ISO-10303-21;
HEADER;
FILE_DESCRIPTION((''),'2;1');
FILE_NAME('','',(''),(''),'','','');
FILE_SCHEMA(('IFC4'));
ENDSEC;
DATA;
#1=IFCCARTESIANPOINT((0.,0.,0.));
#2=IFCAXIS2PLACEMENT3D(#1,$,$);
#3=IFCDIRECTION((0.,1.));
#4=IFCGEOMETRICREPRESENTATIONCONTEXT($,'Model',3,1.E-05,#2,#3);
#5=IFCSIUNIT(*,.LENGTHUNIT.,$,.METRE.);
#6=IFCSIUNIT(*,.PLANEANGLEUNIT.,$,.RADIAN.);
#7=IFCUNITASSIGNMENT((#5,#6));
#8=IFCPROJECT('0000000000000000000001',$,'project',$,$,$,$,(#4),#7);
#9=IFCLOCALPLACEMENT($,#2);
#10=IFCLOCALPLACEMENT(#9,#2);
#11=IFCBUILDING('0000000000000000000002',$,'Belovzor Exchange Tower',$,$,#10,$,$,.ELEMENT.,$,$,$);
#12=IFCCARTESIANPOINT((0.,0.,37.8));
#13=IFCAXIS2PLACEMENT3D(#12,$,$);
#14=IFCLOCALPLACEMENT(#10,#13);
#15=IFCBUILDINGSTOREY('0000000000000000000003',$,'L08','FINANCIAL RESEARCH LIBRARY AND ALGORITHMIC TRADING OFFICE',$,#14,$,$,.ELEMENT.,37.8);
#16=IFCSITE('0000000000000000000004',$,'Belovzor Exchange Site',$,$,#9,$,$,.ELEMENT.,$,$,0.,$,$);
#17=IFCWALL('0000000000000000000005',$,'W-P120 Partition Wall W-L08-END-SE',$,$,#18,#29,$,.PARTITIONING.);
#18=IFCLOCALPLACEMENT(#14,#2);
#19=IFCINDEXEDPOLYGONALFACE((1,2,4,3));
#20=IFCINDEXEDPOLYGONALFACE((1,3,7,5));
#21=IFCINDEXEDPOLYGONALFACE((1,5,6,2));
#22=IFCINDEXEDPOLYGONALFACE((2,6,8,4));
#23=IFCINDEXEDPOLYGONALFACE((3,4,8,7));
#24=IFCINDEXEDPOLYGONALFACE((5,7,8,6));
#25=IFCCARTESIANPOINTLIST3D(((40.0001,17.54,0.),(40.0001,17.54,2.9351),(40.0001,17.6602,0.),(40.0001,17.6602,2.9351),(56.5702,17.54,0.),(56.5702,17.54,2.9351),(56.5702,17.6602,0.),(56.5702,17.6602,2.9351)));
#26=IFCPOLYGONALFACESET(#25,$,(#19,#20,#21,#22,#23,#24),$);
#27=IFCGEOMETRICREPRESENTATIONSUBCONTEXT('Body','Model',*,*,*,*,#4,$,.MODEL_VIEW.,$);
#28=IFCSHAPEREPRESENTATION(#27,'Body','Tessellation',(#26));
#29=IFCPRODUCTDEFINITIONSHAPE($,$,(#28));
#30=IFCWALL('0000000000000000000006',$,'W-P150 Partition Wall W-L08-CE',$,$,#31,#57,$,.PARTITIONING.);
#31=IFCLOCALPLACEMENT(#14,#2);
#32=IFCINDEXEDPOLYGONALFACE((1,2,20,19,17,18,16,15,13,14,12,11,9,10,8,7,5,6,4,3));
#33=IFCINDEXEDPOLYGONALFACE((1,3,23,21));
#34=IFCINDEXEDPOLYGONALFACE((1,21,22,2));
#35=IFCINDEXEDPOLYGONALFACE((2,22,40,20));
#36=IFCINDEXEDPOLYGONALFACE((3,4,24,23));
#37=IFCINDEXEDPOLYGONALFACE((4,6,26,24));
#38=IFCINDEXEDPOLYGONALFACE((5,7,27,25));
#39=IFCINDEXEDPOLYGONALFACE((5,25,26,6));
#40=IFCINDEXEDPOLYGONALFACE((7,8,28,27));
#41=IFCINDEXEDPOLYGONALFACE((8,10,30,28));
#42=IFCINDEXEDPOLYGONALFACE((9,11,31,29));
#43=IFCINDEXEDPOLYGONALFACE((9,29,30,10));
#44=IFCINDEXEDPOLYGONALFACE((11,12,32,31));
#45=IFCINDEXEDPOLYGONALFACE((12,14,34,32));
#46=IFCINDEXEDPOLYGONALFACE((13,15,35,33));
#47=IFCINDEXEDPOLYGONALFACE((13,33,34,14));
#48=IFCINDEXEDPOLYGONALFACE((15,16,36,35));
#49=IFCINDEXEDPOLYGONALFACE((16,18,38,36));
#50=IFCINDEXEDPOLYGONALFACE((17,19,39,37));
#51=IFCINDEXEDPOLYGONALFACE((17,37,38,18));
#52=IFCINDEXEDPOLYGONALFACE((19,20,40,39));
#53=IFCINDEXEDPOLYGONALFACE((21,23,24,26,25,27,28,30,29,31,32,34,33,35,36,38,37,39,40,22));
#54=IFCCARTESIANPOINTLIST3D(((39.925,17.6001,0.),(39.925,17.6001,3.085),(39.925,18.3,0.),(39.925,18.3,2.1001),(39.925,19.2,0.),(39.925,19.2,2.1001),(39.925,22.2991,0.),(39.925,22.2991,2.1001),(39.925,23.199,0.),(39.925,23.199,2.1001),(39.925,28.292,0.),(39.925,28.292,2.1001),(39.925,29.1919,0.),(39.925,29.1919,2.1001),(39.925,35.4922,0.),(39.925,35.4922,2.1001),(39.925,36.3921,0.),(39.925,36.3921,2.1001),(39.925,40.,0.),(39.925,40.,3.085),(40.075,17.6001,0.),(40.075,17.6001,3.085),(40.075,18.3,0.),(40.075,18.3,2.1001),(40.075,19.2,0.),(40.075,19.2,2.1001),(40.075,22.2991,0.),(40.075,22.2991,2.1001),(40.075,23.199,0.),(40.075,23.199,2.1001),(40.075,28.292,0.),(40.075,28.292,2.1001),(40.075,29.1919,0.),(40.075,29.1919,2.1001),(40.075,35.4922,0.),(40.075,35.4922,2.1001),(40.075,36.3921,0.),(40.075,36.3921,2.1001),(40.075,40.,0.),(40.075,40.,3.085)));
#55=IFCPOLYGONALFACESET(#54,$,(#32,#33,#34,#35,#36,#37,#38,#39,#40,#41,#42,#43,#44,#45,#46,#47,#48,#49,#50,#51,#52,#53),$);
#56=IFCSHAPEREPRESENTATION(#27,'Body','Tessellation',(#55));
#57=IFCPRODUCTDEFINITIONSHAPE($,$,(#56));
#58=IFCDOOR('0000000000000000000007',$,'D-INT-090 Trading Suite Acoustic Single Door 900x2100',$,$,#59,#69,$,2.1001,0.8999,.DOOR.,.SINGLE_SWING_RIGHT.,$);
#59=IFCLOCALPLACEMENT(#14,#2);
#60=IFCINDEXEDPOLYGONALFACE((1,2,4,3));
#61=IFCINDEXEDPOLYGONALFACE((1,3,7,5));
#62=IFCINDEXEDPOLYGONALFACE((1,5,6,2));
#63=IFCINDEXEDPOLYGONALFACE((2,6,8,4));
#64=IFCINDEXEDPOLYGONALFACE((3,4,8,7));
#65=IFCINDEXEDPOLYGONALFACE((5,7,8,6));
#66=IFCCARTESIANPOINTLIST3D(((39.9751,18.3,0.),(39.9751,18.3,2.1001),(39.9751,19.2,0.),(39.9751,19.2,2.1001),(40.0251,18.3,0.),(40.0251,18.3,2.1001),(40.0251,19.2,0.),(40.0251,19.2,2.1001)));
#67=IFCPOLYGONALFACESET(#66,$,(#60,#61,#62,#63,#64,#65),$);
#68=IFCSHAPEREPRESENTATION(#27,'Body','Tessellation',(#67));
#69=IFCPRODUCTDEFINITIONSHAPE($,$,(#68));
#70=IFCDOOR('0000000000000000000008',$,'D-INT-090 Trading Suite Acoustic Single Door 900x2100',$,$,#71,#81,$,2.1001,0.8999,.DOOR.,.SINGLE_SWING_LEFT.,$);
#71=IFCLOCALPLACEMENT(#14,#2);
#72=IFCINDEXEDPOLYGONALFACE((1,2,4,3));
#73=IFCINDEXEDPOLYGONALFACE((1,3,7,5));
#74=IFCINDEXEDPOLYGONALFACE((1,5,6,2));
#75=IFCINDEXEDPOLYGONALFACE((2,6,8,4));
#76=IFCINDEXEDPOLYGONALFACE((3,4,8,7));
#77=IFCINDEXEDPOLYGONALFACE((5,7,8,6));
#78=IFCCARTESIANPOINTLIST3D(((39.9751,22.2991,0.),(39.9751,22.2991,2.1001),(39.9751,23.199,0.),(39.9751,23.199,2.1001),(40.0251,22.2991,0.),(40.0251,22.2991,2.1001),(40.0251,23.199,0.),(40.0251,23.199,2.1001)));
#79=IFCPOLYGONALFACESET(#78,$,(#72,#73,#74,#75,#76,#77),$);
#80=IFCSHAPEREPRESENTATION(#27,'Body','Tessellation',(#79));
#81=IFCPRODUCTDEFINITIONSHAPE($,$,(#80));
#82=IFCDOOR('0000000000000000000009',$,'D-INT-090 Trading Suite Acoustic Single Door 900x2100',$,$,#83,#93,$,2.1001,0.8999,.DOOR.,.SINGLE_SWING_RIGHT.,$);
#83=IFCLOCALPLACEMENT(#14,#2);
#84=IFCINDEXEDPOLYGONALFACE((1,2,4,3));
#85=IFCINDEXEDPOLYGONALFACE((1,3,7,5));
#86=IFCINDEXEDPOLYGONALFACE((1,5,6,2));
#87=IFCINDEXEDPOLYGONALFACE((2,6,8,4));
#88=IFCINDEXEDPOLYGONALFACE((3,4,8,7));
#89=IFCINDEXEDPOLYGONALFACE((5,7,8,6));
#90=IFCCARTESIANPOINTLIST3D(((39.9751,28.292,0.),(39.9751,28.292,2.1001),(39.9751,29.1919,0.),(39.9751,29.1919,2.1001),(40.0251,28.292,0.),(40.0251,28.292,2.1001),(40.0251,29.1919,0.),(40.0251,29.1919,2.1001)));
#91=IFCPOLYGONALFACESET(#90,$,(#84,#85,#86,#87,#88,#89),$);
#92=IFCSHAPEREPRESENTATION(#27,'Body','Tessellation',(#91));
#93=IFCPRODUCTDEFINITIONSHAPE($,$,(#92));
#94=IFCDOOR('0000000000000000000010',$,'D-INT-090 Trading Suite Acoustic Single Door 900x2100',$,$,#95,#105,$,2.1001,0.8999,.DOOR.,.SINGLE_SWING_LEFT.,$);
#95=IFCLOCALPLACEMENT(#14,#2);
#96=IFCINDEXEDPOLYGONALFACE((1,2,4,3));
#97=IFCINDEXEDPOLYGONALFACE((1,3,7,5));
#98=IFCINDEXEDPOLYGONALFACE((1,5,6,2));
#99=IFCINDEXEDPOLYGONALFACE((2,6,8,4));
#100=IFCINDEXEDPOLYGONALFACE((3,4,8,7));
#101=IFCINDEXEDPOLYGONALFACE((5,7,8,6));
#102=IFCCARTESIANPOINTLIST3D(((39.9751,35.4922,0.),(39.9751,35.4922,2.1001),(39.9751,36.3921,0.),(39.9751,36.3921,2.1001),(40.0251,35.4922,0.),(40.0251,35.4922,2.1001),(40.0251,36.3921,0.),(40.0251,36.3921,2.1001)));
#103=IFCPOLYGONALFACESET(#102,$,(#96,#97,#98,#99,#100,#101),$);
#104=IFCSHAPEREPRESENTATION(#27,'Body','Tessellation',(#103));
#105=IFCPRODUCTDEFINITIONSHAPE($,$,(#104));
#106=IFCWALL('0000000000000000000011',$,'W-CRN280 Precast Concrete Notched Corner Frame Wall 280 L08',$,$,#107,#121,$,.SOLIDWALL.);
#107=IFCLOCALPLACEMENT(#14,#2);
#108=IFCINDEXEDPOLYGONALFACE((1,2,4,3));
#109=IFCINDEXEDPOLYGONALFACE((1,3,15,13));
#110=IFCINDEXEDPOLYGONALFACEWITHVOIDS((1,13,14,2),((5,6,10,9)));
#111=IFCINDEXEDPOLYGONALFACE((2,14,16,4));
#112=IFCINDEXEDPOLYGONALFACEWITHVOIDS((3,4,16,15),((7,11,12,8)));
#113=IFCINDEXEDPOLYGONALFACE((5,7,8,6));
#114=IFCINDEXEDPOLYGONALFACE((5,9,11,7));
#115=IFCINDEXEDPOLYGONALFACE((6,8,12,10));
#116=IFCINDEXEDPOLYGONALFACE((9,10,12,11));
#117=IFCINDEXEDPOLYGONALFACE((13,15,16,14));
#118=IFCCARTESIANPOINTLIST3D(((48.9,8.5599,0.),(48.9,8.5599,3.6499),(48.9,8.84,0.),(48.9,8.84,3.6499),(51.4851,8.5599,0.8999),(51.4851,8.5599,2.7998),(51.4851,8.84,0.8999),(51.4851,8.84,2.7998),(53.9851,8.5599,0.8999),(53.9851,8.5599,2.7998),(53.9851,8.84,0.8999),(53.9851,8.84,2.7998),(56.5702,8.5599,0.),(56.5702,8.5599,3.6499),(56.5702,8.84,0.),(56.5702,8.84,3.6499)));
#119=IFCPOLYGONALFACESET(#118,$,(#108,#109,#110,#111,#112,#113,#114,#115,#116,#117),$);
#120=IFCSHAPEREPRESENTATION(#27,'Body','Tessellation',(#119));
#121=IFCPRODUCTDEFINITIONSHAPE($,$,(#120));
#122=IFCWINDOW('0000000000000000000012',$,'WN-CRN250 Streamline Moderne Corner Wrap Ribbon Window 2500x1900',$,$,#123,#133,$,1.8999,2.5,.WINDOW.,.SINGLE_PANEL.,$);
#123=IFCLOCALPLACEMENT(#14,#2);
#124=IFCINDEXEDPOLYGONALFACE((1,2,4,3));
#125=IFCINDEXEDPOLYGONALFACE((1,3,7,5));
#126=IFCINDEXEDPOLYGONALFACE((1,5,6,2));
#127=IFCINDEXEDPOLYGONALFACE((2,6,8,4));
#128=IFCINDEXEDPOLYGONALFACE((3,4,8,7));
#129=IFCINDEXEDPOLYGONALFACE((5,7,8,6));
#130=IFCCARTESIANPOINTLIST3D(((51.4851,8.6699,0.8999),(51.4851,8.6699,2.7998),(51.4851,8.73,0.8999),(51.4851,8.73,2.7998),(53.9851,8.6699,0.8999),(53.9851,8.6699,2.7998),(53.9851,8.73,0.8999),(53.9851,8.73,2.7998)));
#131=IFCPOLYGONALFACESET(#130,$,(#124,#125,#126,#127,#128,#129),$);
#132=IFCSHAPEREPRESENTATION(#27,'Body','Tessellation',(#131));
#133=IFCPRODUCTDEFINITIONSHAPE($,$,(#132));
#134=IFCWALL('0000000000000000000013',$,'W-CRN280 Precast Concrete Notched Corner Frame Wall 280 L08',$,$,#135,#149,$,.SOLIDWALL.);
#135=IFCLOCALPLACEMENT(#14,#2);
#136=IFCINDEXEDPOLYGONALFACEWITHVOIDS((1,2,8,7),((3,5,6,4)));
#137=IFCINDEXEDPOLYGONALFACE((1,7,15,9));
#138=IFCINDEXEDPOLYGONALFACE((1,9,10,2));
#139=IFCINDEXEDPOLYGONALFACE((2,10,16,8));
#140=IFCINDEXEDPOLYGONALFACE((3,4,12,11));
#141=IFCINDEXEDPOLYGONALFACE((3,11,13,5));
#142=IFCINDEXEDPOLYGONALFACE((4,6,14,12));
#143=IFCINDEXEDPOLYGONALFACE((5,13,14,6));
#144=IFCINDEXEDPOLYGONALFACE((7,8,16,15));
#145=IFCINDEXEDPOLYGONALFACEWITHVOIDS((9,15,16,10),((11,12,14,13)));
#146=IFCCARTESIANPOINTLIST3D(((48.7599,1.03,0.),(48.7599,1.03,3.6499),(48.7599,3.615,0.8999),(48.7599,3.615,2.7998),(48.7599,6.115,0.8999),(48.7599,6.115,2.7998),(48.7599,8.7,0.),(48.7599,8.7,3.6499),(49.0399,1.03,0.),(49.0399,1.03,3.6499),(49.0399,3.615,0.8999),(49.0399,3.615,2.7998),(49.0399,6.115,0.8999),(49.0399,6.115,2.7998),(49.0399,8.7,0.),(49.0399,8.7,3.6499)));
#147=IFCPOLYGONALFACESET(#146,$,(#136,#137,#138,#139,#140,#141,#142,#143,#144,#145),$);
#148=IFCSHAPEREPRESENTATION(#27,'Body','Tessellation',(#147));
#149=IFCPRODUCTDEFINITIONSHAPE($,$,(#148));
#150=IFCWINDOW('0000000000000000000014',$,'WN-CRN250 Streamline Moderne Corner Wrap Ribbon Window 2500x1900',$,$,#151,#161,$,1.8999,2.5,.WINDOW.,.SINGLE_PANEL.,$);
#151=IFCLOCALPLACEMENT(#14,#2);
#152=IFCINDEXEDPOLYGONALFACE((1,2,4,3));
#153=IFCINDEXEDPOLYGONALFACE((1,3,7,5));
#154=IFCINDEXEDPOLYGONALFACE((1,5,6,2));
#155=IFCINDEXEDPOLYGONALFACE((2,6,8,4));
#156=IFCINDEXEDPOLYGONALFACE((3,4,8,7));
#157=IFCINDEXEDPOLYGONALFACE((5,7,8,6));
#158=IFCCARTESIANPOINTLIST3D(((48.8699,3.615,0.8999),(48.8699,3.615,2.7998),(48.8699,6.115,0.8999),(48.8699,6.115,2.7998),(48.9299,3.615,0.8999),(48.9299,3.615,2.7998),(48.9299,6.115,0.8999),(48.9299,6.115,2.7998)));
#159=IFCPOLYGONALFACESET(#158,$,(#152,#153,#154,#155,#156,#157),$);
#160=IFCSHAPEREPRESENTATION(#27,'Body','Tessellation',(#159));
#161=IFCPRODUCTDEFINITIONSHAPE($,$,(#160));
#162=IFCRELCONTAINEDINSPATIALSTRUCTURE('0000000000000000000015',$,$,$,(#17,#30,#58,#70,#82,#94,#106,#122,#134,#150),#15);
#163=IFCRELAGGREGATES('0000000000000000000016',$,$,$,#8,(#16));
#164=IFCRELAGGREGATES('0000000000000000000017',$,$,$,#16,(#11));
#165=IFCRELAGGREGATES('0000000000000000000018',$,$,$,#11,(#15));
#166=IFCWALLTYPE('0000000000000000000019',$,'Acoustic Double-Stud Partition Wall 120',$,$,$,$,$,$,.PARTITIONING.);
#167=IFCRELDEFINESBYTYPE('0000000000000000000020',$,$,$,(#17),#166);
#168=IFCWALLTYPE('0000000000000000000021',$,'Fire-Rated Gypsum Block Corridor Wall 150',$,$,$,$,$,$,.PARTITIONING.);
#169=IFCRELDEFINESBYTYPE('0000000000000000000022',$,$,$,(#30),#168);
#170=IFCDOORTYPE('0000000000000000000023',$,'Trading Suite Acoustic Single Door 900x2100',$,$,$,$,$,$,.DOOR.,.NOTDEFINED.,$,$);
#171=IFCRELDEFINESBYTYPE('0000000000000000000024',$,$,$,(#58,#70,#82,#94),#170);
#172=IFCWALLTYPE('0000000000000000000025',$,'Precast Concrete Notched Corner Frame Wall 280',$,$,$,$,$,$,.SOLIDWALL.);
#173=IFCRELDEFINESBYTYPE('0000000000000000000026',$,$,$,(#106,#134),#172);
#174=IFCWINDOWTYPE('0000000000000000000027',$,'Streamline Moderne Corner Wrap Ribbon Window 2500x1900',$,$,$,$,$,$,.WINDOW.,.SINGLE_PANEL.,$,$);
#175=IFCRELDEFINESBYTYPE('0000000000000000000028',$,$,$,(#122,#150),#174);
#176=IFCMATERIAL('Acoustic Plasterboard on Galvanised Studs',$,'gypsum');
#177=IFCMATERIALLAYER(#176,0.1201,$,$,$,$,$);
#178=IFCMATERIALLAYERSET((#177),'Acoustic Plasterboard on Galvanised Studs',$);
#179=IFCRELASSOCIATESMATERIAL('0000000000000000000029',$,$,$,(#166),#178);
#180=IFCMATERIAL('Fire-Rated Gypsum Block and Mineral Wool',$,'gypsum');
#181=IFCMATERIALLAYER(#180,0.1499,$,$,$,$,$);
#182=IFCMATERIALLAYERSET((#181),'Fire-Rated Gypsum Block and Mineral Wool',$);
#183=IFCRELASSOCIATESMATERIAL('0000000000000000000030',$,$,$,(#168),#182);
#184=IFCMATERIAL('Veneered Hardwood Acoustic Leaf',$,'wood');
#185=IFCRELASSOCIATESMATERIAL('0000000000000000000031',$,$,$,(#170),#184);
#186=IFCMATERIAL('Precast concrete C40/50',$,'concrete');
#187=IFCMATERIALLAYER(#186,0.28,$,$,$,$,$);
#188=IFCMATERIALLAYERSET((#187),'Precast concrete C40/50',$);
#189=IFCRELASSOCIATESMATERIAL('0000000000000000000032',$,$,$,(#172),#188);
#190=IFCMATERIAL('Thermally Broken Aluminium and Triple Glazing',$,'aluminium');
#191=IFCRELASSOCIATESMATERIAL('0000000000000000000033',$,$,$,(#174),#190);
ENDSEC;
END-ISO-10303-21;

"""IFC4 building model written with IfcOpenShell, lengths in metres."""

from ifc_helpers import new_model, si_unit, direction, frame, frame_2d, origin, place, context, subcontext, project, spatial, rectangle, extrude, material, layer, layer_set, type_object, element, fill, save


model = new_model("IFC4")

# Units and contexts
model_context = context("Model", 3, precision=1e-05, world=origin(), true_north=direction((0.0, 1.0)))
body_context = subcontext(model_context, "Body", "Model", "MODEL_VIEW")
ifc_project = project(units=[si_unit("LENGTHUNIT", "METRE"), si_unit("PLANEANGLEUNIT", "RADIAN")], contexts=[model_context])

# Site, building, storey
site_placement = place(None, origin())
site = spatial("IfcSite", under=ifc_project, at=site_placement, Name="Belovzor Exchange Site", CompositionType="ELEMENT", RefElevation=0.0)
building_placement = place(site_placement, origin())
building = spatial("IfcBuilding", under=site, at=building_placement, Name="Belovzor Exchange Tower", CompositionType="ELEMENT")
storey_placement = place(building_placement, frame((0.0, 0.0, 37.8)))
storey = spatial("IfcBuildingStorey", under=building, at=storey_placement, Name="L08", Description="FINANCIAL RESEARCH LIBRARY AND ALGORITHMIC TRADING OFFICE", CompositionType="ELEMENT", Elevation=37.8)

# Wall
ifc_material_1 = material(Name="Acoustic Plasterboard on Galvanised Studs", Category="gypsum")
ifc_layer_1 = layer(ifc_material_1, 0.1201)
ifc_layer_set_1 = layer_set([ifc_layer_1], Name="Acoustic Plasterboard on Galvanised Studs")
wall_type_1 = type_object("IfcWallType", Name="Acoustic Double-Stud Partition Wall 120", PredefinedType="PARTITIONING", material=ifc_layer_set_1)
wall_1_placement = place(storey_placement, frame((40.0, 17.6001, 0.0), z_axis=(0.0, 0.0, 1.0), x_axis=(1.0, 0.0, 0.0)))
element("IfcWall", 1, at=wall_1_placement, inside=storey, type_object=wall_type_1, Name="W-P120 Partition Wall W-L08-END-SE", PredefinedType="PARTITIONING", context=body_context, shape_type="SweptSolid", body=[
    extrude(rectangle(XDim=16.5701, YDim=0.1201, at=frame_2d((8.2852, 0.0))), origin(), (0.0, 0.0, 1.0), 2.9351),
])

# Wall, openings, doors
ifc_material_2 = material(Name="Fire-Rated Gypsum Block and Mineral Wool", Category="gypsum")
ifc_layer_2 = layer(ifc_material_2, 0.1499)
ifc_layer_set_2 = layer_set([ifc_layer_2], Name="Fire-Rated Gypsum Block and Mineral Wool")
wall_type_2 = type_object("IfcWallType", Name="Fire-Rated Gypsum Block Corridor Wall 150", PredefinedType="PARTITIONING", material=ifc_layer_set_2)
wall_2_placement = place(storey_placement, frame((40.0, 17.6001, 0.0), z_axis=(0.0, 0.0, 1.0), x_axis=(0.0, 1.0, 0.0)))
wall_2 = element("IfcWall", 2, at=wall_2_placement, inside=storey, type_object=wall_type_2, Name="W-P150 Partition Wall W-L08-CE", PredefinedType="PARTITIONING", context=body_context, shape_type="SweptSolid", body=[
    extrude(rectangle(XDim=22.3999, YDim=0.1499, at=frame_2d((11.2, 0.0))), origin(), (0.0, 0.0, 1.0), 3.085),
])
opening_1_placement = place(wall_2_placement, frame((0.7, 0.0, 0.0)))
opening_1 = element("IfcOpeningElement", 3, at=opening_1_placement, cuts=wall_2, PredefinedType="OPENING", context=body_context, shape_type="SweptSolid", body=[
    extrude(rectangle(XDim=0.8999, YDim=2.1001, at=frame_2d((0.45, 1.05))), frame((0.0, 0.085, 0.0), z_axis=(0.0, -1.0, 0.0), x_axis=(1.0, 0.0, 0.0)), (0.0, 0.0, 1.0), 0.1699),
])
opening_2_placement = place(wall_2_placement, frame((4.699, 0.0, 0.0)))
opening_2 = element("IfcOpeningElement", 4, at=opening_2_placement, cuts=wall_2, PredefinedType="OPENING", context=body_context, shape_type="SweptSolid", body=[
    extrude(rectangle(XDim=0.8999, YDim=2.1001, at=frame_2d((0.45, 1.05))), frame((0.0, 0.085, 0.0), z_axis=(0.0, -1.0, 0.0), x_axis=(1.0, 0.0, 0.0)), (0.0, 0.0, 1.0), 0.1699),
])
opening_3_placement = place(wall_2_placement, frame((10.6919, 0.0, 0.0)))
opening_3 = element("IfcOpeningElement", 5, at=opening_3_placement, cuts=wall_2, PredefinedType="OPENING", context=body_context, shape_type="SweptSolid", body=[
    extrude(rectangle(XDim=0.8999, YDim=2.1001, at=frame_2d((0.45, 1.05))), frame((0.0, 0.085, 0.0), z_axis=(0.0, -1.0, 0.0), x_axis=(1.0, 0.0, 0.0)), (0.0, 0.0, 1.0), 0.1699),
])
opening_4_placement = place(wall_2_placement, frame((17.8921, 0.0, 0.0)))
opening_4 = element("IfcOpeningElement", 6, at=opening_4_placement, cuts=wall_2, PredefinedType="OPENING", context=body_context, shape_type="SweptSolid", body=[
    extrude(rectangle(XDim=0.8999, YDim=2.1001, at=frame_2d((0.45, 1.05))), frame((0.0, 0.085, 0.0), z_axis=(0.0, -1.0, 0.0), x_axis=(1.0, 0.0, 0.0)), (0.0, 0.0, 1.0), 0.1699),
])
ifc_material_3 = material(Name="Veneered Hardwood Acoustic Leaf", Category="wood")
door_type_1 = type_object("IfcDoorType", Name="Trading Suite Acoustic Single Door 900x2100", OperationType="NOTDEFINED", PredefinedType="DOOR", material=ifc_material_3)
door_1_placement = place(opening_1_placement, origin())
door_1 = element("IfcDoor", 7, at=door_1_placement, inside=storey, type_object=door_type_1, Name="D-INT-090 Trading Suite Acoustic Single Door 900x2100", OperationType="SINGLE_SWING_RIGHT", OverallHeight=2.1001, OverallWidth=0.8999, PredefinedType="DOOR", context=body_context, shape_type="SweptSolid", body=[
    extrude(rectangle(XDim=0.8999, YDim=2.1001, at=frame_2d((0.45, 1.05))), frame((0.0, 0.0249, 0.0), z_axis=(0.0, -1.0, 0.0), x_axis=(1.0, 0.0, 0.0)), (0.0, 0.0, 1.0), 0.05),
])
fill(opening_1, door_1)
door_2_placement = place(opening_2_placement, origin())
door_2 = element("IfcDoor", 8, at=door_2_placement, inside=storey, type_object=door_type_1, Name="D-INT-090 Trading Suite Acoustic Single Door 900x2100", OperationType="SINGLE_SWING_LEFT", OverallHeight=2.1001, OverallWidth=0.8999, PredefinedType="DOOR", context=body_context, shape_type="SweptSolid", body=[
    extrude(rectangle(XDim=0.8999, YDim=2.1001, at=frame_2d((0.45, 1.05))), frame((0.0, 0.0249, 0.0), z_axis=(0.0, -1.0, 0.0), x_axis=(1.0, 0.0, 0.0)), (0.0, 0.0, 1.0), 0.05),
])
fill(opening_2, door_2)
door_3_placement = place(opening_3_placement, origin())
door_3 = element("IfcDoor", 9, at=door_3_placement, inside=storey, type_object=door_type_1, Name="D-INT-090 Trading Suite Acoustic Single Door 900x2100", OperationType="SINGLE_SWING_RIGHT", OverallHeight=2.1001, OverallWidth=0.8999, PredefinedType="DOOR", context=body_context, shape_type="SweptSolid", body=[
    extrude(rectangle(XDim=0.8999, YDim=2.1001, at=frame_2d((0.45, 1.05))), frame((0.0, 0.0249, 0.0), z_axis=(0.0, -1.0, 0.0), x_axis=(1.0, 0.0, 0.0)), (0.0, 0.0, 1.0), 0.05),
])
fill(opening_3, door_3)
door_4_placement = place(opening_4_placement, origin())
door_4 = element("IfcDoor", 10, at=door_4_placement, inside=storey, type_object=door_type_1, Name="D-INT-090 Trading Suite Acoustic Single Door 900x2100", OperationType="SINGLE_SWING_LEFT", OverallHeight=2.1001, OverallWidth=0.8999, PredefinedType="DOOR", context=body_context, shape_type="SweptSolid", body=[
    extrude(rectangle(XDim=0.8999, YDim=2.1001, at=frame_2d((0.45, 1.05))), frame((0.0, 0.0249, 0.0), z_axis=(0.0, -1.0, 0.0), x_axis=(1.0, 0.0, 0.0)), (0.0, 0.0, 1.0), 0.05),
])
fill(opening_4, door_4)

# Walls, openings, windows
ifc_material_4 = material(Name="Precast concrete C40/50", Category="concrete")
ifc_layer_3 = layer(ifc_material_4, 0.28)
ifc_layer_set_3 = layer_set([ifc_layer_3], Name="Precast concrete C40/50")
wall_type_3 = type_object("IfcWallType", Name="Precast Concrete Notched Corner Frame Wall 280", PredefinedType="SOLIDWALL", material=ifc_layer_set_3)
wall_3_placement = place(storey_placement, frame((56.5701, 8.7, 0.0), z_axis=(0.0, 0.0, 1.0), x_axis=(-1.0, 0.0, 0.0)))
wall_3 = element("IfcWall", 11, at=wall_3_placement, inside=storey, type_object=wall_type_3, Name="W-CRN280 Precast Concrete Notched Corner Frame Wall 280 L08", PredefinedType="SOLIDWALL", context=body_context, shape_type="SweptSolid", body=[
    extrude(rectangle(XDim=7.6702, YDim=0.28, at=frame_2d((3.835, 0.0))), origin(), (0.0, 0.0, 1.0), 3.6499),
])
opening_5_placement = place(wall_3_placement, frame((2.585, 0.0, 0.8999)))
opening_5 = element("IfcOpeningElement", 12, at=opening_5_placement, cuts=wall_3, PredefinedType="OPENING", context=body_context, shape_type="SweptSolid", body=[
    extrude(rectangle(XDim=2.5, YDim=1.8999, at=frame_2d((1.25, 0.95))), frame((0.0, 0.1499, 0.0), z_axis=(0.0, -1.0, 0.0), x_axis=(1.0, 0.0, 0.0)), (0.0, 0.0, 1.0), 0.3),
])
ifc_material_5 = material(Name="Thermally Broken Aluminium and Triple Glazing", Category="aluminium")
window_type = type_object("IfcWindowType", Name="Streamline Moderne Corner Wrap Ribbon Window 2500x1900", PartitioningType="SINGLE_PANEL", PredefinedType="WINDOW", material=ifc_material_5)
window_1_placement = place(opening_5_placement, origin())
window_1 = element("IfcWindow", 13, at=window_1_placement, inside=storey, type_object=window_type, Name="WN-CRN250 Streamline Moderne Corner Wrap Ribbon Window 2500x1900", OverallHeight=1.8999, OverallWidth=2.5, PartitioningType="SINGLE_PANEL", PredefinedType="WINDOW", context=body_context, shape_type="SweptSolid", body=[
    extrude(rectangle(XDim=2.5, YDim=1.8999, at=frame_2d((1.25, 0.95))), frame((0.0, 0.03, 0.0), z_axis=(0.0, -1.0, 0.0), x_axis=(1.0, 0.0, 0.0)), (0.0, 0.0, 1.0), 0.0601),
])
fill(opening_5, window_1)
wall_4_placement = place(storey_placement, frame((48.8999, 8.7, 0.0), z_axis=(0.0, 0.0, 1.0), x_axis=(0.0, -1.0, 0.0)))
wall_4 = element("IfcWall", 14, at=wall_4_placement, inside=storey, type_object=wall_type_3, Name="W-CRN280 Precast Concrete Notched Corner Frame Wall 280 L08", PredefinedType="SOLIDWALL", context=body_context, shape_type="SweptSolid", body=[
    extrude(rectangle(XDim=7.6699, YDim=0.28, at=frame_2d((3.835, 0.0))), origin(), (0.0, 0.0, 1.0), 3.6499),
])
opening_6_placement = place(wall_4_placement, frame((2.585, 0.0, 0.8999)))
opening_6 = element("IfcOpeningElement", 15, at=opening_6_placement, cuts=wall_4, PredefinedType="OPENING", context=body_context, shape_type="SweptSolid", body=[
    extrude(rectangle(XDim=2.5, YDim=1.8999, at=frame_2d((1.25, 0.95))), frame((0.0, 0.1499, 0.0), z_axis=(0.0, -1.0, 0.0), x_axis=(1.0, 0.0, 0.0)), (0.0, 0.0, 1.0), 0.3),
])
window_2_placement = place(opening_6_placement, origin())
window_2 = element("IfcWindow", 16, at=window_2_placement, inside=storey, type_object=window_type, Name="WN-CRN250 Streamline Moderne Corner Wrap Ribbon Window 2500x1900", OverallHeight=1.8999, OverallWidth=2.5, PartitioningType="SINGLE_PANEL", PredefinedType="WINDOW", context=body_context, shape_type="SweptSolid", body=[
    extrude(rectangle(XDim=2.5, YDim=1.8999, at=frame_2d((1.25, 0.95))), frame((0.0, 0.03, 0.0), z_axis=(0.0, -1.0, 0.0), x_axis=(1.0, 0.0, 0.0)), (0.0, 0.0, 1.0), 0.0601),
])
fill(opening_6, window_2)

save(model, "model.ifc")
